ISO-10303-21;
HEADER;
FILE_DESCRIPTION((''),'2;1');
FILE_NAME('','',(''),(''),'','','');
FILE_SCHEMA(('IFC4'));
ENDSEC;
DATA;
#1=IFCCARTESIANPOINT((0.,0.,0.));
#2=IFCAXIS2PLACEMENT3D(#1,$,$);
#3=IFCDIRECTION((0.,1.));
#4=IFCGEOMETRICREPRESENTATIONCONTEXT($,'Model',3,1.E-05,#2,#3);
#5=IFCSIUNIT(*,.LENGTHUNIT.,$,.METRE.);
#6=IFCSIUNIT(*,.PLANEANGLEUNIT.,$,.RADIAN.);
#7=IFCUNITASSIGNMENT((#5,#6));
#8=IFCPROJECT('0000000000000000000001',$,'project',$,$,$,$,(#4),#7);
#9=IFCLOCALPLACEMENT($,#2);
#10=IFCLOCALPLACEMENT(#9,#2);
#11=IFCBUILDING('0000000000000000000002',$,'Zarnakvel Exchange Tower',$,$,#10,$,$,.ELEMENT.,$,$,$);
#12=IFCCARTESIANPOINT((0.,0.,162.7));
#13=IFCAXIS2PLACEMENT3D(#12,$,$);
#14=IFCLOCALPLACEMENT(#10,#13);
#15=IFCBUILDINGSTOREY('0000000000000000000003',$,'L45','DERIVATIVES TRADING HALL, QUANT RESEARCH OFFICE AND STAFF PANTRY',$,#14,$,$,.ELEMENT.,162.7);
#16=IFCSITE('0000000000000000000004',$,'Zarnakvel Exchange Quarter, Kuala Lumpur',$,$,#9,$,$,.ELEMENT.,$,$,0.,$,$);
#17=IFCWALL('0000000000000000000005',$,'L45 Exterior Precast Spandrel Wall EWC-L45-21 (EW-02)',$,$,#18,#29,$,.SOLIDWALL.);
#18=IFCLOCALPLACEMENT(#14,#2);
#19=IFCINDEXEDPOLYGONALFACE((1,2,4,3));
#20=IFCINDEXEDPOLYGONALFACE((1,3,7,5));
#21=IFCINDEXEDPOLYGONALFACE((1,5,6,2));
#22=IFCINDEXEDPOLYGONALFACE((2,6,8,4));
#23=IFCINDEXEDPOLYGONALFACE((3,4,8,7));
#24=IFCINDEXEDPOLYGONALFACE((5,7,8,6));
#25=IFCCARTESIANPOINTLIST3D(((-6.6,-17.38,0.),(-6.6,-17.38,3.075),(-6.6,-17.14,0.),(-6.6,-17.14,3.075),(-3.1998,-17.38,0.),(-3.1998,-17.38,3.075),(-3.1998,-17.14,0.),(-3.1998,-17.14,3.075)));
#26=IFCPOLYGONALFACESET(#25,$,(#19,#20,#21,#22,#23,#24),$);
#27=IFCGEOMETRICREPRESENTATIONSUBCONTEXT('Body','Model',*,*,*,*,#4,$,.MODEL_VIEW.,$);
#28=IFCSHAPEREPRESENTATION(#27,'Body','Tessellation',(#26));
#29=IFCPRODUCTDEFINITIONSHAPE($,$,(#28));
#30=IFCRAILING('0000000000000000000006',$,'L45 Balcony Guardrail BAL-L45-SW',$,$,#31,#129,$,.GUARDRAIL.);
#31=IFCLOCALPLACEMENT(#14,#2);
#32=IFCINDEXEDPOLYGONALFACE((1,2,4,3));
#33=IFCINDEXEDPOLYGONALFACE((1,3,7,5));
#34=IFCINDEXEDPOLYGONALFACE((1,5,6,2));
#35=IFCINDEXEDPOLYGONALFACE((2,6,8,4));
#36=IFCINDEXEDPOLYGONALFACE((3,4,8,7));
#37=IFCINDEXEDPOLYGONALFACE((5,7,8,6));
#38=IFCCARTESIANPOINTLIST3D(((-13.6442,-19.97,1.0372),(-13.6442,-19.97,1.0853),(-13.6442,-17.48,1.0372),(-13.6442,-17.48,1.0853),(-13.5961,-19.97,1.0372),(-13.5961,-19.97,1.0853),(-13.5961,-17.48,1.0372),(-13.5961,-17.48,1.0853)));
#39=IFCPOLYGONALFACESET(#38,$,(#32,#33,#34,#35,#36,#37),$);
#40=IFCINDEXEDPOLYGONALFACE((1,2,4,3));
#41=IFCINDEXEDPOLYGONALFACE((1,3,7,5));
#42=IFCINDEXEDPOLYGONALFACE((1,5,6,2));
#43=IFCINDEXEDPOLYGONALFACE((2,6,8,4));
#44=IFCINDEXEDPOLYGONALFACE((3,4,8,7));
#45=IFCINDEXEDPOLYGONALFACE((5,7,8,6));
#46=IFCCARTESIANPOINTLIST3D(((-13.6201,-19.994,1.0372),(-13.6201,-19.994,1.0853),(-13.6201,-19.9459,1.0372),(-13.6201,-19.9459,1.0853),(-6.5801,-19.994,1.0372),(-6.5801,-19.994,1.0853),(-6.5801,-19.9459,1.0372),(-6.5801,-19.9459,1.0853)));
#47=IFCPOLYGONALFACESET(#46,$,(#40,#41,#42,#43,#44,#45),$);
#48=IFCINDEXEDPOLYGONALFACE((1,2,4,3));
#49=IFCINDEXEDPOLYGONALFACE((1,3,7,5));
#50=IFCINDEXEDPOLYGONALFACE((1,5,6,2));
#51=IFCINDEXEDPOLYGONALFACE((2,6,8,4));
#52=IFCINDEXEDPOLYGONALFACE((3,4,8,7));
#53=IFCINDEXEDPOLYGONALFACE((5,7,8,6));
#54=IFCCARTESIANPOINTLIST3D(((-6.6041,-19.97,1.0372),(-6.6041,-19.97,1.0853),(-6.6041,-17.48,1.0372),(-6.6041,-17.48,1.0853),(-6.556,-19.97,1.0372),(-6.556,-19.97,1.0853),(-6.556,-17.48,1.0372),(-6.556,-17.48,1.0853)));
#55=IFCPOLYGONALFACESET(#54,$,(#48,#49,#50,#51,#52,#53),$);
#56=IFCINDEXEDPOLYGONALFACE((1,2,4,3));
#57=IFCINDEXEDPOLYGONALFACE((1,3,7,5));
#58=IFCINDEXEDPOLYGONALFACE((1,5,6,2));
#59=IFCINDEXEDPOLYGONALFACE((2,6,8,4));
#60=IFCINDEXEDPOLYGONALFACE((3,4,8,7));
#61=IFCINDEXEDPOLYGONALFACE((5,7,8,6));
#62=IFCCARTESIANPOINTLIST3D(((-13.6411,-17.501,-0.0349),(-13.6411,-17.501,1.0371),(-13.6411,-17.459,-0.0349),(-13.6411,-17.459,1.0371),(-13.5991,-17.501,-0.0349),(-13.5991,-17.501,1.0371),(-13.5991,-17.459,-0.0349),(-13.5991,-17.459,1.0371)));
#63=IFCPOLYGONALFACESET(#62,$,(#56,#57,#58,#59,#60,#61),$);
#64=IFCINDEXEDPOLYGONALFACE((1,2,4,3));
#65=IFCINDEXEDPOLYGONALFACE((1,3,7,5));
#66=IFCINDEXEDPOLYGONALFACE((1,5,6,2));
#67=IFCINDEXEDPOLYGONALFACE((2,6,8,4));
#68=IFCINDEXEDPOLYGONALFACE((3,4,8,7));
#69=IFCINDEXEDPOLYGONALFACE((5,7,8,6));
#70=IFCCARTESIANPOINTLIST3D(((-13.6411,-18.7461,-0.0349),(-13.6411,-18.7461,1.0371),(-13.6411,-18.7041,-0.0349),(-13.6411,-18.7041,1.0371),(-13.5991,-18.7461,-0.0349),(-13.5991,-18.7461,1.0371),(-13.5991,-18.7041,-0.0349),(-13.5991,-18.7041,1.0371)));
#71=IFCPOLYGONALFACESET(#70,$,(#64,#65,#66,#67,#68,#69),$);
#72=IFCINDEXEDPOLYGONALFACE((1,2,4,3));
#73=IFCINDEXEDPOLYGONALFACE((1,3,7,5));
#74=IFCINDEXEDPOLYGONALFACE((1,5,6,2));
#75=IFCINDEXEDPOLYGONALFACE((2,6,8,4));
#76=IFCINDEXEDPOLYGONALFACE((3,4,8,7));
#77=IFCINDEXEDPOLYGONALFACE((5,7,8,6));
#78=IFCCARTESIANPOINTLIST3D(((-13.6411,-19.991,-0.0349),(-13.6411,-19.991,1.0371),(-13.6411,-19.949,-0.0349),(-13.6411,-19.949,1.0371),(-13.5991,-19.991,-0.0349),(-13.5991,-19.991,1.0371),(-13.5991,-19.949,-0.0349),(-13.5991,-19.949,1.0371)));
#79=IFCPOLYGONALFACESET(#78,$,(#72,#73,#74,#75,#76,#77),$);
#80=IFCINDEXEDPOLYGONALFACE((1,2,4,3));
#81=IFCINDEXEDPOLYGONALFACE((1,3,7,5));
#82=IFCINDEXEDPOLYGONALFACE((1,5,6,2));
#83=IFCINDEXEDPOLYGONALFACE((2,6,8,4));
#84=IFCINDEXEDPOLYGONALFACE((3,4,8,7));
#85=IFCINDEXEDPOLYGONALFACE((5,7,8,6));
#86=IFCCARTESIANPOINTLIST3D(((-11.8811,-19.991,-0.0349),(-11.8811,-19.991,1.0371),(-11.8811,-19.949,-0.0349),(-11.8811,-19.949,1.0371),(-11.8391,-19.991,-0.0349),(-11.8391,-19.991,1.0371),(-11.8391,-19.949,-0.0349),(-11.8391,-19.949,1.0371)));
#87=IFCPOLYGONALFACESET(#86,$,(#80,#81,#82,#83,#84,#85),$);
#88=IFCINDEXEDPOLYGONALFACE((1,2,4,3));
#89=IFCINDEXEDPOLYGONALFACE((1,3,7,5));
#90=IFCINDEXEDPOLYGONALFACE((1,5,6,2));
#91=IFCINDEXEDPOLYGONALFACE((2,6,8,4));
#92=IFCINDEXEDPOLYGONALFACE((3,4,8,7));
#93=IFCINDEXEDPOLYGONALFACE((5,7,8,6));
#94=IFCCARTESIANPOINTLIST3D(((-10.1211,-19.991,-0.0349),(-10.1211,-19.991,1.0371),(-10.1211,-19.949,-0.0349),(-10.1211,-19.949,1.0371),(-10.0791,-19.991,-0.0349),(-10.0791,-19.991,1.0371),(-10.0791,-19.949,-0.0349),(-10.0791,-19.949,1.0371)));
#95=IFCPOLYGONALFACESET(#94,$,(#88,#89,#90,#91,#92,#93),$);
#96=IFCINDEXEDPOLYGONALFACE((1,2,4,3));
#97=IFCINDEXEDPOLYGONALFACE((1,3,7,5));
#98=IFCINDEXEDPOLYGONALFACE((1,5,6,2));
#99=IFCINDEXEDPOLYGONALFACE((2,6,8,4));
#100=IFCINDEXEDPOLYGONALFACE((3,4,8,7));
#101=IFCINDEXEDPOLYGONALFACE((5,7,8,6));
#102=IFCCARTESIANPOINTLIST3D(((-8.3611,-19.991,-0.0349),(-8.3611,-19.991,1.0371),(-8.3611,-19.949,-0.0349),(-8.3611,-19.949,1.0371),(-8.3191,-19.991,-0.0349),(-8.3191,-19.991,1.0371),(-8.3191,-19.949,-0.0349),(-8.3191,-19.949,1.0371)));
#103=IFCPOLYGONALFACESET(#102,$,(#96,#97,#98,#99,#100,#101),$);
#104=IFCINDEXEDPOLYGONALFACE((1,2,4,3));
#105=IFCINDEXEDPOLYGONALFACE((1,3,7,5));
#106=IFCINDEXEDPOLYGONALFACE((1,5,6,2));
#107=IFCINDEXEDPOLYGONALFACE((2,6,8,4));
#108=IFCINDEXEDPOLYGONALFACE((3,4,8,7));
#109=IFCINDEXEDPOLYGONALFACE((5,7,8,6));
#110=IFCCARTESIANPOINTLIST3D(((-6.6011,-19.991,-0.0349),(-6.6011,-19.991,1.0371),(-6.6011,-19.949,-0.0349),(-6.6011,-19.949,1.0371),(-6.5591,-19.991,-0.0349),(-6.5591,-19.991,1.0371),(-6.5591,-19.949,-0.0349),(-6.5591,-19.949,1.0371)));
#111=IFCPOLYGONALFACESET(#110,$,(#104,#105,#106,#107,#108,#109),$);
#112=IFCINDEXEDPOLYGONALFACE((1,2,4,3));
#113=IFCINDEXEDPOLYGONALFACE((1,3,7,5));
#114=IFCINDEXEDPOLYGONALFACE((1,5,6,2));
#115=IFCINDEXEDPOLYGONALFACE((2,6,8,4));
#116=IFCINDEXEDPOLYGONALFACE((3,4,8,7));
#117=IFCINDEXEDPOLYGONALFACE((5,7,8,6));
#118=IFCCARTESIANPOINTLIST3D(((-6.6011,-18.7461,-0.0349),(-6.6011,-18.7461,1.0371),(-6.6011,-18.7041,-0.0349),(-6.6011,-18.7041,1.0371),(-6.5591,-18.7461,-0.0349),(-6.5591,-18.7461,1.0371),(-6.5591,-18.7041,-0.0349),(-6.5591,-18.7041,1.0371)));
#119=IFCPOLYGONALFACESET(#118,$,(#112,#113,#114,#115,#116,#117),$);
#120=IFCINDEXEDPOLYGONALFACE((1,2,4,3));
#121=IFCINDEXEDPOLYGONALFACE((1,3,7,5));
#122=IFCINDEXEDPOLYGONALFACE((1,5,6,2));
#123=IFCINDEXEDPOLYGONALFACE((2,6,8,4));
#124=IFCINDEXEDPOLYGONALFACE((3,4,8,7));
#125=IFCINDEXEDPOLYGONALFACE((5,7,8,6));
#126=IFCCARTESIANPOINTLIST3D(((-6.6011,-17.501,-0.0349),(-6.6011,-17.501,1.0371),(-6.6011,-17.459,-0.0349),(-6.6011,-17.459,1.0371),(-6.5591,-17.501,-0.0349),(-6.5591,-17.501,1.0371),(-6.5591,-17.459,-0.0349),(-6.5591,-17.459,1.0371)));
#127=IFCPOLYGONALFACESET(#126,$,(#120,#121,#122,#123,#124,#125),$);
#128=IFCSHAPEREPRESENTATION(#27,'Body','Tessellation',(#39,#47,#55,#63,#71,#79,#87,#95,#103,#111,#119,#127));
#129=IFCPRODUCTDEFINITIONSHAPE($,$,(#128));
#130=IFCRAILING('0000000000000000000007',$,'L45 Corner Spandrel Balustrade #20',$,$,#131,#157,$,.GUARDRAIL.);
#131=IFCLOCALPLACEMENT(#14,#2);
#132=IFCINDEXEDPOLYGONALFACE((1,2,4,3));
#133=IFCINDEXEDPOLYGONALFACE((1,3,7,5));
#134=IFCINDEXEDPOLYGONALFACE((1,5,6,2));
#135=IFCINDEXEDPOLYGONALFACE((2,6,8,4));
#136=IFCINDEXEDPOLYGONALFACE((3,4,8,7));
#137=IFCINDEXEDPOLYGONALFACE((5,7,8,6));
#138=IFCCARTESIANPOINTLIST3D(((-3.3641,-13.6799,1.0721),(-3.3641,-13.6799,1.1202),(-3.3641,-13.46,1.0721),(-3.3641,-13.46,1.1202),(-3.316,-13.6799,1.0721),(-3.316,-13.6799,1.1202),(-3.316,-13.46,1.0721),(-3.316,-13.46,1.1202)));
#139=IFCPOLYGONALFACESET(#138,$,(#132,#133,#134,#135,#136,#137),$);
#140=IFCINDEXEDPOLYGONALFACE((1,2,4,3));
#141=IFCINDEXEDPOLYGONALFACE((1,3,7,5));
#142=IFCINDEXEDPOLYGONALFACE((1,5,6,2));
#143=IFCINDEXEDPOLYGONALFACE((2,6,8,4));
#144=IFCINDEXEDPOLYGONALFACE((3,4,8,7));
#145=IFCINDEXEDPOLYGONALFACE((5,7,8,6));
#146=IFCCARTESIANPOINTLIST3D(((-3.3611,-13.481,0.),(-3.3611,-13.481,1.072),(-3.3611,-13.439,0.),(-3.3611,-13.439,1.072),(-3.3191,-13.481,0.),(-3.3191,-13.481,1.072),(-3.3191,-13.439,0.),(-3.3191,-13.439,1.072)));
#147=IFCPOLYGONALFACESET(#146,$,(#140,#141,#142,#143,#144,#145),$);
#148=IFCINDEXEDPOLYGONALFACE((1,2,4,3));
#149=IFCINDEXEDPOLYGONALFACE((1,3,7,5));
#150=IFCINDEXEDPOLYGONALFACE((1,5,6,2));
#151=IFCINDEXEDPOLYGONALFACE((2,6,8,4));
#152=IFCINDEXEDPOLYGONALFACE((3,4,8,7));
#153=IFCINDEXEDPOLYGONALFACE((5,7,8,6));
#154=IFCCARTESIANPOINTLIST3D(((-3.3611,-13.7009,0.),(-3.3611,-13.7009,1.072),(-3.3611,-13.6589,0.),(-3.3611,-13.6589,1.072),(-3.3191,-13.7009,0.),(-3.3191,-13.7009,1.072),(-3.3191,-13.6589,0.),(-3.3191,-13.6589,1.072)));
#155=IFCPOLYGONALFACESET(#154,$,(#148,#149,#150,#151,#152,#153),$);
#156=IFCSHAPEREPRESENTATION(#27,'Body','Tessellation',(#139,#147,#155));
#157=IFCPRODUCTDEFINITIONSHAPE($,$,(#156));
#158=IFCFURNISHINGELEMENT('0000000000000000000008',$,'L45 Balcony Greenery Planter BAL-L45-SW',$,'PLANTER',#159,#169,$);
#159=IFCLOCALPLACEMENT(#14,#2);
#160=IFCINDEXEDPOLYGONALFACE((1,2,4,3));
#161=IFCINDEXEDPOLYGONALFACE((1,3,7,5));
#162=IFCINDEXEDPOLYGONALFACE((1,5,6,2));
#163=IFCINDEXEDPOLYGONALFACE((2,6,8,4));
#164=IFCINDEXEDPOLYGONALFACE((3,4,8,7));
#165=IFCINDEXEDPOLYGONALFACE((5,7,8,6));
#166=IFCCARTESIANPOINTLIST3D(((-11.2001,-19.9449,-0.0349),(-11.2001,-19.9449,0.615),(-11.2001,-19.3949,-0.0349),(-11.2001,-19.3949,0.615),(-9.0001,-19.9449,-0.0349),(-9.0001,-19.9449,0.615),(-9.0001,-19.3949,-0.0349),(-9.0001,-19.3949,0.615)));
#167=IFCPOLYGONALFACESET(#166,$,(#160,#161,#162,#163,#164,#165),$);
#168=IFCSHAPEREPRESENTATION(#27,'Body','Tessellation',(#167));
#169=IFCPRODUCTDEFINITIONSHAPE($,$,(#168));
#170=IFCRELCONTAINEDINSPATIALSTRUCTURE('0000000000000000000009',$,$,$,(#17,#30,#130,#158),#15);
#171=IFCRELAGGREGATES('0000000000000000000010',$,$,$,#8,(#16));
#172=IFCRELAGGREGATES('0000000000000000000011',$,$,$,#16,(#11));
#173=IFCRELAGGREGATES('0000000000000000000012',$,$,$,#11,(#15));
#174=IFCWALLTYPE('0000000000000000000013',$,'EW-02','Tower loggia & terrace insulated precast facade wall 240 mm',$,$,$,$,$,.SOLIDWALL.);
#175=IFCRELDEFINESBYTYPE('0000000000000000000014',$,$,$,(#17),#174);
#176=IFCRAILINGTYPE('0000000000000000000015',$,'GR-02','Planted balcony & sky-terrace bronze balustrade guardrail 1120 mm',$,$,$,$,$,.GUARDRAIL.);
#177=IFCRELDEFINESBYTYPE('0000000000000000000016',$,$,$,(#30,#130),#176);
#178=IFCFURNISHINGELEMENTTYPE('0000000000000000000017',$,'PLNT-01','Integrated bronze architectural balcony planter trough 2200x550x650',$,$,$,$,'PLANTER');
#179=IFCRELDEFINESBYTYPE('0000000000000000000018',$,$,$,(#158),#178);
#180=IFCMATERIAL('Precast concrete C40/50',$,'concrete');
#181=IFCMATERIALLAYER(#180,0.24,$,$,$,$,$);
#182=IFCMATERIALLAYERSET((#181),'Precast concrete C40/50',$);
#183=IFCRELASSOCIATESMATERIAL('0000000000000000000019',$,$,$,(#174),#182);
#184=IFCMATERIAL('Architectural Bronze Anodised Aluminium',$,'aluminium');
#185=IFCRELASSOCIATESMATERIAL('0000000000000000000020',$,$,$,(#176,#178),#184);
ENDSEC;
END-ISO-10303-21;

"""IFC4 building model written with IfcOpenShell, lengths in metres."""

from ifc_helpers import new_model, si_unit, direction, frame, frame_2d, origin, origin_2d, place, context, subcontext, project, spatial, rectangle, extrude, source, transform, mapped, material, layer, layer_set, type_object, element, save


model = new_model("IFC4")

# Units and contexts
model_context = context("Model", 3, precision=1e-05, world=origin(), true_north=direction((0.0, 1.0)))
body_context = subcontext(model_context, "Body", "Model", "MODEL_VIEW")
ifc_project = project(units=[si_unit("LENGTHUNIT", "METRE"), si_unit("PLANEANGLEUNIT", "RADIAN")], contexts=[model_context])

# Site, building, storey
site_placement = place(None, origin())
site = spatial("IfcSite", under=ifc_project, at=site_placement, Name="Zarnakvel Exchange Quarter, Kuala Lumpur", CompositionType="ELEMENT", RefElevation=0.0)
building_placement = place(site_placement, origin())
building = spatial("IfcBuilding", under=site, at=building_placement, Name="Zarnakvel Exchange Tower", CompositionType="ELEMENT")
storey_placement = place(building_placement, frame((0.0, 0.0, 162.7)))
storey = spatial("IfcBuildingStorey", under=building, at=storey_placement, Name="L45", Description="DERIVATIVES TRADING HALL, QUANT RESEARCH OFFICE AND STAFF PANTRY", CompositionType="ELEMENT", Elevation=162.7)

# Shared definitions
ifc_material_1 = material(Name="Architectural Bronze Anodised Aluminium", Category="aluminium")

# Shared definitions
ifc_material_2 = material(Name="Precast concrete C40/50", Category="concrete")
ifc_layer_1 = layer(ifc_material_2, 0.24)
ifc_layer_set_1 = layer_set([ifc_layer_1], Name="Precast concrete C40/50")
wall_type = type_object("IfcWallType", Name="EW-02", Description="Tower loggia & terrace insulated precast facade wall 240 mm", PredefinedType="SOLIDWALL", material=ifc_layer_set_1)

# Wall
wall_1_placement = place(storey_placement, frame((-6.6001, -17.26, 0.0), z_axis=(0.0, 0.0, 1.0), x_axis=(1.0, 0.0, 0.0)))
element("IfcWall", 1, at=wall_1_placement, inside=storey, type_object=wall_type, Name="L45 Exterior Precast Spandrel Wall EWC-L45-21 (EW-02)", PredefinedType="SOLIDWALL", context=body_context, shape_type="SweptSolid", body=[
    extrude(rectangle(XDim=3.4001, YDim=0.24, at=frame_2d((1.7002, 0.0))), origin(), (0.0, 0.0, 1.0), 3.075),
])

# Railings
railing_type = type_object("IfcRailingType", Name="GR-02", Description="Planted balcony & sky-terrace bronze balustrade guardrail 1120 mm", PredefinedType="GUARDRAIL", material=ifc_material_1)
railing_1_placement = place(storey_placement, frame((-13.6201, -17.48, -0.0349)))
element("IfcRailing", 2, at=railing_1_placement, inside=storey, type_object=railing_type, Name="L45 Balcony Guardrail BAL-L45-SW", PredefinedType="GUARDRAIL", context=body_context, shape_type="SweptSolid", body=[
    extrude(rectangle(XDim=0.0481, YDim=0.0481, at=origin_2d()), frame((0.0, 0.0, 1.0962), z_axis=(0.0, -1.0, 0.0), x_axis=(1.0, 0.0, 0.0)), (0.0, 0.0, 1.0), 2.49),
    extrude(rectangle(XDim=0.0481, YDim=0.0481, at=origin_2d()), frame((0.0, -2.49, 1.0962), z_axis=(1.0, 0.0, 0.0), x_axis=(0.0, 1.0, 0.0)), (0.0, 0.0, 1.0), 7.04),
    extrude(rectangle(XDim=0.0481, YDim=0.0481, at=origin_2d()), frame((7.04, -2.49, 1.0962), z_axis=(0.0, 1.0, 0.0), x_axis=(-1.0, 0.0, 0.0)), (0.0, 0.0, 1.0), 2.49),
    extrude(rectangle(XDim=0.042, YDim=0.042, at=origin_2d()), origin(), (0.0, 0.0, 1.0), 1.072),
    extrude(rectangle(XDim=0.042, YDim=0.042, at=origin_2d()), frame((0.0, -1.2451, 0.0)), (0.0, 0.0, 1.0), 1.072),
    extrude(rectangle(XDim=0.042, YDim=0.042, at=origin_2d()), frame((0.0, -2.49, 0.0)), (0.0, 0.0, 1.0), 1.072),
    extrude(rectangle(XDim=0.042, YDim=0.042, at=origin_2d()), frame((1.76, -2.49, 0.0)), (0.0, 0.0, 1.0), 1.072),
    extrude(rectangle(XDim=0.042, YDim=0.042, at=origin_2d()), frame((3.52, -2.49, 0.0)), (0.0, 0.0, 1.0), 1.072),
    extrude(rectangle(XDim=0.042, YDim=0.042, at=origin_2d()), frame((5.28, -2.49, 0.0)), (0.0, 0.0, 1.0), 1.072),
    extrude(rectangle(XDim=0.042, YDim=0.042, at=origin_2d()), frame((7.04, -2.49, 0.0)), (0.0, 0.0, 1.0), 1.072),
    extrude(rectangle(XDim=0.042, YDim=0.042, at=origin_2d()), frame((7.04, -1.2451, 0.0)), (0.0, 0.0, 1.0), 1.072),
    extrude(rectangle(XDim=0.042, YDim=0.042, at=origin_2d()), frame((7.04, 0.0, 0.0)), (0.0, 0.0, 1.0), 1.072),
])
railing_2_placement = place(storey_placement, frame((-3.3401, -13.46, 0.0)))
element("IfcRailing", 3, at=railing_2_placement, inside=storey, type_object=railing_type, Name="L45 Corner Spandrel Balustrade #20", PredefinedType="GUARDRAIL", context=body_context, shape_type="SweptSolid", body=[
    extrude(rectangle(XDim=0.0481, YDim=0.0481, at=origin_2d()), frame((0.0, 0.0, 1.0962), z_axis=(0.0, -1.0, 0.0), x_axis=(1.0, 0.0, 0.0)), (0.0, 0.0, 1.0), 0.22),
    extrude(rectangle(XDim=0.042, YDim=0.042, at=origin_2d()), origin(), (0.0, 0.0, 1.0), 1.072),
    extrude(rectangle(XDim=0.042, YDim=0.042, at=origin_2d()), frame((0.0, -0.22, 0.0)), (0.0, 0.0, 1.0), 1.072),
])

# Furnishing element
furnishing_element_type = type_object("IfcFurnishingElementType", Name="PLNT-01", Description="Integrated bronze architectural balcony planter trough 2200x550x650", ElementType="PLANTER", material=ifc_material_1)
shared_shape_1 = source(origin(), body_context, "Body", "SweptSolid", [
    extrude(rectangle(XDim=2.2, YDim=0.55, at=origin_2d()), origin(), (0.0, 0.0, 1.0), 0.6499),
])
furnishing_placement = place(storey_placement, frame((-10.1001, -19.6699, -0.0349), z_axis=(0.0, 0.0, 1.0), x_axis=(1.0, 0.0, 0.0)))
element("IfcFurnishingElement", 4, at=furnishing_placement, inside=storey, type_object=furnishing_element_type, Name="L45 Balcony Greenery Planter BAL-L45-SW", ObjectType="PLANTER", context=body_context, shape_type="MappedRepresentation", body=[
    mapped(shared_shape_1, transform((0.0, 0.0, 0.0), x_axis=(1.0, 0.0, 0.0), y_axis=(0.0, 1.0, 0.0), z_axis=(0.0, 0.0, 1.0), scale=1.0)),
])

save(model, "model.ifc")
